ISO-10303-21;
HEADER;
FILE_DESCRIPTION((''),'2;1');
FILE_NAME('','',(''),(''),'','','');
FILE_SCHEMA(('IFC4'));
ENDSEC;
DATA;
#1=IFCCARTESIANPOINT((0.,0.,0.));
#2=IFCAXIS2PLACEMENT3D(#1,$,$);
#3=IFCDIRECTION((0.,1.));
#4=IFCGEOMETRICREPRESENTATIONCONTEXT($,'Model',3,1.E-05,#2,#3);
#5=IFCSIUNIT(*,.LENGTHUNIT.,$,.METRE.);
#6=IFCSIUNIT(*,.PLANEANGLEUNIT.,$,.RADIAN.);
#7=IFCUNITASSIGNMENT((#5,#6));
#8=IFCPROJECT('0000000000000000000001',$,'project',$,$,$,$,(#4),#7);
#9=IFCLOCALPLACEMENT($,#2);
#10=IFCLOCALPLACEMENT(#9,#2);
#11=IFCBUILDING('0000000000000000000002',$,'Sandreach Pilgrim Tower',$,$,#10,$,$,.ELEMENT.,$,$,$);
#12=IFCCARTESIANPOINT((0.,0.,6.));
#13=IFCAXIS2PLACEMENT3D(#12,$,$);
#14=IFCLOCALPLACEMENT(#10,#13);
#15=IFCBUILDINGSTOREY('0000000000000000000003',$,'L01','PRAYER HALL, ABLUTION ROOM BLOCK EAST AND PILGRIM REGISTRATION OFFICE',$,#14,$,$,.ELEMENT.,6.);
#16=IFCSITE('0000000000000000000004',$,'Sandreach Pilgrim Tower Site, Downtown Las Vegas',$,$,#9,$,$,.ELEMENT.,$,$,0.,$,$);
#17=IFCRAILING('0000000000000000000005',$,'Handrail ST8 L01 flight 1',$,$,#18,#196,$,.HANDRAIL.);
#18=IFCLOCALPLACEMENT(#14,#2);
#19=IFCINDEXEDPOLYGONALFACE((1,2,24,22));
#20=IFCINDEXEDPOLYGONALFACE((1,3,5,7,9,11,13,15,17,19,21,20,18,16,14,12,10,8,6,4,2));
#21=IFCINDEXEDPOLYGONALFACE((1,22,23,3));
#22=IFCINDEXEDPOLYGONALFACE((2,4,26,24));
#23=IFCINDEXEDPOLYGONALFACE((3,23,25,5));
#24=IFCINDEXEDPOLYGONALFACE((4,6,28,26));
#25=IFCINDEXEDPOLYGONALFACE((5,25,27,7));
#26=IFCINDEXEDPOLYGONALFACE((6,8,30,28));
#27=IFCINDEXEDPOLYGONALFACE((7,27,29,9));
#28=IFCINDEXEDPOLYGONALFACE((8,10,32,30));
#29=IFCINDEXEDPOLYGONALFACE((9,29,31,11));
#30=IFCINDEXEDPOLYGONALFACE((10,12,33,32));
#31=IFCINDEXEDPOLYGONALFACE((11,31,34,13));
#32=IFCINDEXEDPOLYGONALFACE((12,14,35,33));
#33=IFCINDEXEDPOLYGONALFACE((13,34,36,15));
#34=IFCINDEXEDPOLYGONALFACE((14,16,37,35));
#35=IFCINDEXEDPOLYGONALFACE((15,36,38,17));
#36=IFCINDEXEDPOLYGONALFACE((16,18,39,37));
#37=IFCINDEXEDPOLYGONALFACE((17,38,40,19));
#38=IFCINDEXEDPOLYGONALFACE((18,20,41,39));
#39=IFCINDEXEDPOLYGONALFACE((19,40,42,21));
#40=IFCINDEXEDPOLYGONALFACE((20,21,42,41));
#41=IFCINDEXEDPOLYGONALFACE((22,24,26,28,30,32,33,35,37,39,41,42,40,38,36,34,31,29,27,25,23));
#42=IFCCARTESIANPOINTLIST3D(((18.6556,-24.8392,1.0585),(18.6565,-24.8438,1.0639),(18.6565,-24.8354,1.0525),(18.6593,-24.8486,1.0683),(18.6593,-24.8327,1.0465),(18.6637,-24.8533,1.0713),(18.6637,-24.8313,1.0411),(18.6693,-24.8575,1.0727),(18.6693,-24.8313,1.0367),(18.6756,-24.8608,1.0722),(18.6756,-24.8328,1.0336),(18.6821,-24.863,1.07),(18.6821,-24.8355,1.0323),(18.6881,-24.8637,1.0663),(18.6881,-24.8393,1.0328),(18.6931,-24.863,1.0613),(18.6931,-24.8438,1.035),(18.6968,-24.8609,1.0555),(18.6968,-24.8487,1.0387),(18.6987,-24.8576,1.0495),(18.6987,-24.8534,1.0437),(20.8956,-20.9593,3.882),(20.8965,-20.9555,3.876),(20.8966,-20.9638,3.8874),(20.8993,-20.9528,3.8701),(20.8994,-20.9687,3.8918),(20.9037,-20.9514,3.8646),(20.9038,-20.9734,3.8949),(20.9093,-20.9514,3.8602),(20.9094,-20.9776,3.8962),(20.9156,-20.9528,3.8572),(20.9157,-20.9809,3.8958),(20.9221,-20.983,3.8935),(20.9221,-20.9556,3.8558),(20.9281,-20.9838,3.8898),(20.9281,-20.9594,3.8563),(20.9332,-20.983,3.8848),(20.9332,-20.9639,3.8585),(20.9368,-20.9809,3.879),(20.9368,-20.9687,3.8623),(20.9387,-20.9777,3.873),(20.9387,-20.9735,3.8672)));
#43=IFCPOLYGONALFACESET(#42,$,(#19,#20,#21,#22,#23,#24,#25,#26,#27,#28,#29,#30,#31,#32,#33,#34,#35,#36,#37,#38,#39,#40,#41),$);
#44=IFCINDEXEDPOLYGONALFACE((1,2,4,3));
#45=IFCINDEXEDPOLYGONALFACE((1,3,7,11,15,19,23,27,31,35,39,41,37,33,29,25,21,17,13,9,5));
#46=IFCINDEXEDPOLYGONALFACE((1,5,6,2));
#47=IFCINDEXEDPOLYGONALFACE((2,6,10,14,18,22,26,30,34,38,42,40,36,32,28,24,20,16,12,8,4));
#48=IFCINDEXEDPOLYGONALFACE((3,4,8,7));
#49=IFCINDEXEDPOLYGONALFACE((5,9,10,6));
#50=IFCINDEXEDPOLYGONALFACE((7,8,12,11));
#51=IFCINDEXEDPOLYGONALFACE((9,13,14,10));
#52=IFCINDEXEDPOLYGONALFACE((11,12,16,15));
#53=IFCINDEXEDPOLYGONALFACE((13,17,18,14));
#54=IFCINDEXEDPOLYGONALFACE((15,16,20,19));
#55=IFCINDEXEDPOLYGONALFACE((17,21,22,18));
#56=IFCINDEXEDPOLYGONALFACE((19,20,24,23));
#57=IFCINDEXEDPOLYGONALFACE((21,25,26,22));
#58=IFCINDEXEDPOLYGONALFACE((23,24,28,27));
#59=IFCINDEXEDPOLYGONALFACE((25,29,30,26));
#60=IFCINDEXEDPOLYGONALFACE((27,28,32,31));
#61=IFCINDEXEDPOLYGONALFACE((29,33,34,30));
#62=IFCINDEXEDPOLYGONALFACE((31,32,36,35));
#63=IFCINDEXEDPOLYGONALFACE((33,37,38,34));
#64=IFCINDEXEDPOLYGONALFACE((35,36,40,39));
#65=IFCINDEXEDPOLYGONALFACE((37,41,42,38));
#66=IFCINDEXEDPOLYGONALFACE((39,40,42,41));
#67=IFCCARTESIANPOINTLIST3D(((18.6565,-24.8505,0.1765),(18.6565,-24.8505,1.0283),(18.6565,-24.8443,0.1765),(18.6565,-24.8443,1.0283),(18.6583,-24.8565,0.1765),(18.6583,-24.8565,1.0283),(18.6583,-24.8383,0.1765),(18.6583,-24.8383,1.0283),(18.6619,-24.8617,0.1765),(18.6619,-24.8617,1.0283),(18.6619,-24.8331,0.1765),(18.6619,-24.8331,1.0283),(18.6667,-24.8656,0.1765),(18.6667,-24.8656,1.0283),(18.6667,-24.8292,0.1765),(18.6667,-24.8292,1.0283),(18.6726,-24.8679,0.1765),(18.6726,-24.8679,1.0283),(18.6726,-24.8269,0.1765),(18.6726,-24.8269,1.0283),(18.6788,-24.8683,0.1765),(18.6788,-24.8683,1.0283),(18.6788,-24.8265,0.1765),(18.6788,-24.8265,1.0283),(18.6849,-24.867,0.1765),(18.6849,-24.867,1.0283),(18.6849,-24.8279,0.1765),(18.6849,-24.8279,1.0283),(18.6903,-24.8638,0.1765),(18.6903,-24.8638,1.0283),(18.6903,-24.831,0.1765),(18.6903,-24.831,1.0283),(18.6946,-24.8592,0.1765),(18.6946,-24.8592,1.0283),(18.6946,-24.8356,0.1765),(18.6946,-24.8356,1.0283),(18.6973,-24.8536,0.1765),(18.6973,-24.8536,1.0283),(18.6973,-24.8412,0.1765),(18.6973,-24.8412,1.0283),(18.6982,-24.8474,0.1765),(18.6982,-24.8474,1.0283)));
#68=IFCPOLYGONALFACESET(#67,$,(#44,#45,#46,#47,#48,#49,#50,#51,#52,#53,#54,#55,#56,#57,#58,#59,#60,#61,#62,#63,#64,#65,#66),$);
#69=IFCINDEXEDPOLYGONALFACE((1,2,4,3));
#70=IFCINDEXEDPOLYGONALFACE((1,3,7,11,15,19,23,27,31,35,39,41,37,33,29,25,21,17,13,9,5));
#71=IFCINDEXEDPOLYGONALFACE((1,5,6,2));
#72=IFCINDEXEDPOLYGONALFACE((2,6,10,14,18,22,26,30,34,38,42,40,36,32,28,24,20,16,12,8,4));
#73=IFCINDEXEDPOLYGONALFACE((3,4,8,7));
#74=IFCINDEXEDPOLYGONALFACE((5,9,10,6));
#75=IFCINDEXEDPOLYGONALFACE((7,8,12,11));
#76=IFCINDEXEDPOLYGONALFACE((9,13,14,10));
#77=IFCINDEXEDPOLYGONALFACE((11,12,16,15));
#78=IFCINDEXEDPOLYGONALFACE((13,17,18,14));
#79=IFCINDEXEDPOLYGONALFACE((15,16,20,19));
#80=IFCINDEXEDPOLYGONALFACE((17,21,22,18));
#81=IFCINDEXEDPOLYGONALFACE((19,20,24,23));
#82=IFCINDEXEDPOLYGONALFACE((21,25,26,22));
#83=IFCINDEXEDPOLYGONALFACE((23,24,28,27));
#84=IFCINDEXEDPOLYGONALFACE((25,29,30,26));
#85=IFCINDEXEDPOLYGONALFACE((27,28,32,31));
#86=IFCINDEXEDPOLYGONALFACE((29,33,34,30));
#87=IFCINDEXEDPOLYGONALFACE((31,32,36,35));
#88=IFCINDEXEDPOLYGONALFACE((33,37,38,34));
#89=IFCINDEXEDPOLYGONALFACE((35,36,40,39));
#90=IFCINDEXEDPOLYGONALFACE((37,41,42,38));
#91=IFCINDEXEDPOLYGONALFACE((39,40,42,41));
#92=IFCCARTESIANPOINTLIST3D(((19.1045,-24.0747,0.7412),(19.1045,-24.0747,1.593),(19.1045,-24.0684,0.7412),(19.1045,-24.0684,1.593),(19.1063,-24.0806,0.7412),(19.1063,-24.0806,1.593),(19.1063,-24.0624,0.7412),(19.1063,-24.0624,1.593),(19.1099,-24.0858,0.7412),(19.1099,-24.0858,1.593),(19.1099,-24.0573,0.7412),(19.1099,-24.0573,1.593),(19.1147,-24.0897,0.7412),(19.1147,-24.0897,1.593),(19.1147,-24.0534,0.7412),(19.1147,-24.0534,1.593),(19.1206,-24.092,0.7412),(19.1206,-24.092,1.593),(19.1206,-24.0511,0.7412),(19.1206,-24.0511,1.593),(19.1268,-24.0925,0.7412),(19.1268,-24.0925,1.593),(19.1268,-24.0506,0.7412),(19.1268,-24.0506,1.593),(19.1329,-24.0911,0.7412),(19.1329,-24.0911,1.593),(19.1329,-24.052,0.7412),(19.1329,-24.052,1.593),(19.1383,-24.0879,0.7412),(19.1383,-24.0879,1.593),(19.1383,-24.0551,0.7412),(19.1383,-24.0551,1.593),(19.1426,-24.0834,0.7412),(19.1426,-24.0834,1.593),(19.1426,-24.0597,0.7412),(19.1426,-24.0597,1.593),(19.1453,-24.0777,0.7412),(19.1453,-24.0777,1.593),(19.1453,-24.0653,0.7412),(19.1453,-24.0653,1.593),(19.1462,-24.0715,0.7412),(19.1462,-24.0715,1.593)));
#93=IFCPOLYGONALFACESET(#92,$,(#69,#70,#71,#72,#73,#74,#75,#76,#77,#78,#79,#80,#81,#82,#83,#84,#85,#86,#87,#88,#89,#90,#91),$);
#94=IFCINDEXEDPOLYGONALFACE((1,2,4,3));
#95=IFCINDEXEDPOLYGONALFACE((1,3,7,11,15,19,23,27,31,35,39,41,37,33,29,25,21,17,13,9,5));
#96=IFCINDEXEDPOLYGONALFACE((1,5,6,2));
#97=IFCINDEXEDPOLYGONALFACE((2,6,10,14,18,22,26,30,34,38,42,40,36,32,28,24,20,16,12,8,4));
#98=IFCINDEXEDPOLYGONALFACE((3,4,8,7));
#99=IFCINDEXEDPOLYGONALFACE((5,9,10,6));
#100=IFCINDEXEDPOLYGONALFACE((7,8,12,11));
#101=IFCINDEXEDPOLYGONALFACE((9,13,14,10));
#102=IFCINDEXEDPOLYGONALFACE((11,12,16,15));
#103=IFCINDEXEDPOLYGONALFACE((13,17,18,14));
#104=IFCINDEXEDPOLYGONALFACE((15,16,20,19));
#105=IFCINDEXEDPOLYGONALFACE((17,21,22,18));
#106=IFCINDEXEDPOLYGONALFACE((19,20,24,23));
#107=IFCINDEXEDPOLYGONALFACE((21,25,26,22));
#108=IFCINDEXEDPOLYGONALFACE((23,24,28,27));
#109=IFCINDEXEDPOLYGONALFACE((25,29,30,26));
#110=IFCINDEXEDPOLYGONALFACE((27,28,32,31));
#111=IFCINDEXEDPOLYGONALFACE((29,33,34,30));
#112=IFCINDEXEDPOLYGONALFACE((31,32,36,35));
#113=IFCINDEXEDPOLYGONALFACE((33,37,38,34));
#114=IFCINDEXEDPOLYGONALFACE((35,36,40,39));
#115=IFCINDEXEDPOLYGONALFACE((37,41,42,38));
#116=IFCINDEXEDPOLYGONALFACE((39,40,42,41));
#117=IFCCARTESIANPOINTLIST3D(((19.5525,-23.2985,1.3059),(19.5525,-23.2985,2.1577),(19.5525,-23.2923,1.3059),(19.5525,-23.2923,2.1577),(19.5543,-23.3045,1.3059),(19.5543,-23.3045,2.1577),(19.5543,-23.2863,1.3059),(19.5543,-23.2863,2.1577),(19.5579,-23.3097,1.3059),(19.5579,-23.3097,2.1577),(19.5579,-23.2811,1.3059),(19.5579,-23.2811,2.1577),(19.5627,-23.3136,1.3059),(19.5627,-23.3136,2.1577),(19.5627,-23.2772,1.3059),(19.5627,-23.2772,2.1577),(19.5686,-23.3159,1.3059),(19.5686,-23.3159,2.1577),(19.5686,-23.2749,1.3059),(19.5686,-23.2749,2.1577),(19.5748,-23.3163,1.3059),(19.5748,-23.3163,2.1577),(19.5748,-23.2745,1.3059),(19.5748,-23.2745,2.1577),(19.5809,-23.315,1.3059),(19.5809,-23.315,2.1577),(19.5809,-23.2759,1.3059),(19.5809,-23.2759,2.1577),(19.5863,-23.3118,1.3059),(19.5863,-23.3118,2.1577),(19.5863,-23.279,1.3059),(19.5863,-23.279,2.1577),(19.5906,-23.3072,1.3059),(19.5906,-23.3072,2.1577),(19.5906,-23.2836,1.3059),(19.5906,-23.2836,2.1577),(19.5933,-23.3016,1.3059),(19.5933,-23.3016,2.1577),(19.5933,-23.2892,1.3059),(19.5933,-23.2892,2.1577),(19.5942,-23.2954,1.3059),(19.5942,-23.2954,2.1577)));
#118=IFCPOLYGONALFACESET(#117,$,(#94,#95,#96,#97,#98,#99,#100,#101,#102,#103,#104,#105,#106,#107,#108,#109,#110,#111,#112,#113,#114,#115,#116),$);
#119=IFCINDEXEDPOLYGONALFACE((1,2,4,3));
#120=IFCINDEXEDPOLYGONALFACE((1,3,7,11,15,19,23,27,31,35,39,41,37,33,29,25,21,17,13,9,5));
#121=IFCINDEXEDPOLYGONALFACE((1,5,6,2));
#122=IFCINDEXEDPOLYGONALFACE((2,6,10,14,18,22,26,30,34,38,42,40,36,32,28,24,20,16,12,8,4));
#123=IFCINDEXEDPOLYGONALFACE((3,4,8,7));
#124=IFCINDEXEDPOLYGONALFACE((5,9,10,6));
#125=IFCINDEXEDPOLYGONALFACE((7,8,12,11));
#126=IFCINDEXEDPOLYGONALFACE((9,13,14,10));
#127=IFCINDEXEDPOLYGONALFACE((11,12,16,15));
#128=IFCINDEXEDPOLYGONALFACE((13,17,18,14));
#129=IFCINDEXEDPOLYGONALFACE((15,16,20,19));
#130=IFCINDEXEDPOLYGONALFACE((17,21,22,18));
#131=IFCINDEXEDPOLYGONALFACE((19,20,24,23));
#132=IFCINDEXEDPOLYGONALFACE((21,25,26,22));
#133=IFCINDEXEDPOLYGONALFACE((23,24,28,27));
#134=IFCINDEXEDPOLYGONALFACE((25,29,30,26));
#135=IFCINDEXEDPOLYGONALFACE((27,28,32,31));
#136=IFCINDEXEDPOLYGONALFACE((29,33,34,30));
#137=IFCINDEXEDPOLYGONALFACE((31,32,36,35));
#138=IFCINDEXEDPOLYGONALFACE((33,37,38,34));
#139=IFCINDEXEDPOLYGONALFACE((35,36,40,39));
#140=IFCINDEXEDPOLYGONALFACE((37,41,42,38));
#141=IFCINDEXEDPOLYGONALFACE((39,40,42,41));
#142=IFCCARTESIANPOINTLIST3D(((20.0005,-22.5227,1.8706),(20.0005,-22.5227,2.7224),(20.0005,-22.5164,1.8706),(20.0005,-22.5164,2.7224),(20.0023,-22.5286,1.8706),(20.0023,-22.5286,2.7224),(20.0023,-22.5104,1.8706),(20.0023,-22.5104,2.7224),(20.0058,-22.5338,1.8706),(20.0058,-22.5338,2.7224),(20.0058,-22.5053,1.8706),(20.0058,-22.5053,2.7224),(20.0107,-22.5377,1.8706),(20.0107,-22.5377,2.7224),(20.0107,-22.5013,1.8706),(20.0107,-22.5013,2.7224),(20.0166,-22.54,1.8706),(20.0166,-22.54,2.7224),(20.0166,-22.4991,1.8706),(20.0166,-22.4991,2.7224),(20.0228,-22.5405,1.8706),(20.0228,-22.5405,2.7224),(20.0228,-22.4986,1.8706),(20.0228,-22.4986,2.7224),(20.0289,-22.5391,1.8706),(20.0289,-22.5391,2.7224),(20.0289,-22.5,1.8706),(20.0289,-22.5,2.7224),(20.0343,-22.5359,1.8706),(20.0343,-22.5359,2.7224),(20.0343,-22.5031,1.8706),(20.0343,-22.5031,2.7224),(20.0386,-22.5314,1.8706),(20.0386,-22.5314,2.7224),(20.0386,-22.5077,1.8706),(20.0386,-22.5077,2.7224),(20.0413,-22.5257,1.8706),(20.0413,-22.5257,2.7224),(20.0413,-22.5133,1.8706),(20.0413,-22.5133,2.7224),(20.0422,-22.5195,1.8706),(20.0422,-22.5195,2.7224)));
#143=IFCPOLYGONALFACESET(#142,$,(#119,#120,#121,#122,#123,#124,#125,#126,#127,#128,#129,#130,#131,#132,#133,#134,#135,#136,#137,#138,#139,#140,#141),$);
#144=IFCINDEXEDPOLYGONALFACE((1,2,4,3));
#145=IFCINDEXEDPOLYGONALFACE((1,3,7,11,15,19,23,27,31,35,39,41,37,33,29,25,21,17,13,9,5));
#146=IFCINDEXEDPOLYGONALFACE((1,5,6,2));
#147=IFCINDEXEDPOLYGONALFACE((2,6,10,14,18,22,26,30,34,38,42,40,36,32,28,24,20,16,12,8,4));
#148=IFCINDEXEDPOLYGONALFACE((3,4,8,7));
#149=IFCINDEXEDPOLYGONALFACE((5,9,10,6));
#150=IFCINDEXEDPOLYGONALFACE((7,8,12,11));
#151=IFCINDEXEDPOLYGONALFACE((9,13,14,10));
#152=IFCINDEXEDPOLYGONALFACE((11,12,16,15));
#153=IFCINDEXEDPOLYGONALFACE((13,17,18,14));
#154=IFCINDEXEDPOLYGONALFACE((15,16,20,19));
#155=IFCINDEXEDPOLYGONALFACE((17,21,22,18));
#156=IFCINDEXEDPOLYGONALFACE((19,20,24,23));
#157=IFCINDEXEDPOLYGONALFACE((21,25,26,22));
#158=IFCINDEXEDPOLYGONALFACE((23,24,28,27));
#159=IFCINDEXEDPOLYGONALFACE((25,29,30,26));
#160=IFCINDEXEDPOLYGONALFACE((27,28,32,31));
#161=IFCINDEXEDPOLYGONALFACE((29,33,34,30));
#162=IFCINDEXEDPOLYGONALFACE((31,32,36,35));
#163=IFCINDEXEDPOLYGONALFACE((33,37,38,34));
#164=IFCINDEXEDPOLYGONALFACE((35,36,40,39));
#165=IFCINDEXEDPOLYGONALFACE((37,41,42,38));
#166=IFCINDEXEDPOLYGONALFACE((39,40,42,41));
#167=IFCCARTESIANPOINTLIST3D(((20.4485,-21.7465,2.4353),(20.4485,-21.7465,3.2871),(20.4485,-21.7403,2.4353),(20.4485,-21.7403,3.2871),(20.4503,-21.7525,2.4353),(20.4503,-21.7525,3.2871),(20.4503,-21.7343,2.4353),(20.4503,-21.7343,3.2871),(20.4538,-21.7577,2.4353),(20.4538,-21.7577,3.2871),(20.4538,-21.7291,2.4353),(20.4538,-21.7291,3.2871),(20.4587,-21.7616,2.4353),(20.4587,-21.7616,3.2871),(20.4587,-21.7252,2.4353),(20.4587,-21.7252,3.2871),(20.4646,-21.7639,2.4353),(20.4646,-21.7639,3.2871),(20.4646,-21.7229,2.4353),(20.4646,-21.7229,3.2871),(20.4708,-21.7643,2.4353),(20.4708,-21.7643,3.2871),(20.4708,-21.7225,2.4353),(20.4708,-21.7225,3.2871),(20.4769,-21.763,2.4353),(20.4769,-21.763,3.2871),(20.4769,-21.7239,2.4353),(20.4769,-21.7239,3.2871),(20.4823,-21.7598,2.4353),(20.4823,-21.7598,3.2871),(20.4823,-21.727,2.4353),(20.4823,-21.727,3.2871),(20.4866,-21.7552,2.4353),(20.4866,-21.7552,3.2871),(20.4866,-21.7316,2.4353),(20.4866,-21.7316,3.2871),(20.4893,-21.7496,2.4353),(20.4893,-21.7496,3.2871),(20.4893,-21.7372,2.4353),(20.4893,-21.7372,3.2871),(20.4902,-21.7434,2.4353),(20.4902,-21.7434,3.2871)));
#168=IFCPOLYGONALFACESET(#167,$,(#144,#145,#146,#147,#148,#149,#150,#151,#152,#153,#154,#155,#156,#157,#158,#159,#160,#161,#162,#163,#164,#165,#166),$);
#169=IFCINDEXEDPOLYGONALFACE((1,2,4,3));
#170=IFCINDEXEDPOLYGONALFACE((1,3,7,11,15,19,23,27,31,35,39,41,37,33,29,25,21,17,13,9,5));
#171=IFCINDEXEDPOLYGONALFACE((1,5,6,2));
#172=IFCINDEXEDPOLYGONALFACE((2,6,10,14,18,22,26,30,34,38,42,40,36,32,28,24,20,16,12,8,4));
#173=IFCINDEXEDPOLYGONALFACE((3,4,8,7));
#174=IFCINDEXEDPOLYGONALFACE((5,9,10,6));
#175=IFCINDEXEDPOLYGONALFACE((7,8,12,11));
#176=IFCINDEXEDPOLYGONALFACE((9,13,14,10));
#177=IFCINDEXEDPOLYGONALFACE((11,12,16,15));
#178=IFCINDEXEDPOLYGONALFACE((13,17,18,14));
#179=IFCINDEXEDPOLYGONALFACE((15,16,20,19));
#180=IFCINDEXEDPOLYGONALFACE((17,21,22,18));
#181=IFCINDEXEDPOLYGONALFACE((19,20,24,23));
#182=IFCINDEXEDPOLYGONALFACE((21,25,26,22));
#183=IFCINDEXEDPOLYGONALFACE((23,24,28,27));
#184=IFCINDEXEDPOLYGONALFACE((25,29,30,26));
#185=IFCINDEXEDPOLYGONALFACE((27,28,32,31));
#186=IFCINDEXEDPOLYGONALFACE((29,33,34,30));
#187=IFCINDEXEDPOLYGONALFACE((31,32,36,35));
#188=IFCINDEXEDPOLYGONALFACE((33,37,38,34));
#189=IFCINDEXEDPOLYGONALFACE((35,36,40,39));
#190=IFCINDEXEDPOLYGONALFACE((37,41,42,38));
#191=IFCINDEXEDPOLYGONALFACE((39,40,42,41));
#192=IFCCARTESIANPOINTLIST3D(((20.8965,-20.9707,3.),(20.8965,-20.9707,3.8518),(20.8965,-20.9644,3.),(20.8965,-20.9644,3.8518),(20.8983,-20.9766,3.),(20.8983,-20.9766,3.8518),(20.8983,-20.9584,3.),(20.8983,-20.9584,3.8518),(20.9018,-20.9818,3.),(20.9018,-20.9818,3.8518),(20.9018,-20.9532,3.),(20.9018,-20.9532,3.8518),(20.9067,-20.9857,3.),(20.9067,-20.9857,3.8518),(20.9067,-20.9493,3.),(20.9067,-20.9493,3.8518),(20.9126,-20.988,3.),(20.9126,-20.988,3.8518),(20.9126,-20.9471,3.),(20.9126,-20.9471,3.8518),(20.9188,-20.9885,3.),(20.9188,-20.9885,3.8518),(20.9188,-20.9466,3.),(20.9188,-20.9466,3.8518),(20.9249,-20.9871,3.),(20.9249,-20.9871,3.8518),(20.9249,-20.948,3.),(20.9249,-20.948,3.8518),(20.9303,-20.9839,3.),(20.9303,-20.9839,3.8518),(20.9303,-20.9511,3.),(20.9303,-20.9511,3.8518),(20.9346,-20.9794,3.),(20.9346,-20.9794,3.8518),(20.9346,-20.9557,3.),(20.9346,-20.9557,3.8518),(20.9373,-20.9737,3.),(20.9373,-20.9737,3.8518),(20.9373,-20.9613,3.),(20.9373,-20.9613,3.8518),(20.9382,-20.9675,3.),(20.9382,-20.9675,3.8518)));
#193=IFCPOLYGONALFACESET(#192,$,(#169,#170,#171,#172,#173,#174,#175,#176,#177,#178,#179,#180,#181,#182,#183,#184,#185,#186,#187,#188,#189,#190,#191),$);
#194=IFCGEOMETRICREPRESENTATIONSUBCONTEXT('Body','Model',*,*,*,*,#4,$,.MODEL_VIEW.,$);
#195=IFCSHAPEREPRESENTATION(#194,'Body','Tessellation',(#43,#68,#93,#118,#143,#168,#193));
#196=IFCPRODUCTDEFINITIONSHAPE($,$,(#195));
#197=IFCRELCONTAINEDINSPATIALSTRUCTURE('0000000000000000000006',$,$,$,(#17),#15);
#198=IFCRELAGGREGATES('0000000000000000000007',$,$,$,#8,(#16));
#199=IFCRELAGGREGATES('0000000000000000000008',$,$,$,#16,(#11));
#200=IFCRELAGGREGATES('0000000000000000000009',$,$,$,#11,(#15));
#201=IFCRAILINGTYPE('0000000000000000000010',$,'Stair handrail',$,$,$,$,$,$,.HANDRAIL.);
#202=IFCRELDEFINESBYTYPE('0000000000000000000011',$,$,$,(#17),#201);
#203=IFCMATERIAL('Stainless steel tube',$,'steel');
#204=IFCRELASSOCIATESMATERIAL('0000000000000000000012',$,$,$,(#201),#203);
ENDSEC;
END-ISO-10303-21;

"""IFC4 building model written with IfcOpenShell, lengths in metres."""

from ifc_helpers import new_model, si_unit, direction, frame, origin, origin_2d, place, context, subcontext, project, spatial, circle, extrude, material, type_object, element, save


model = new_model("IFC4")

# Units and contexts
model_context = context("Model", 3, precision=1e-05, world=origin(), true_north=direction((0.0, 1.0)))
body_context = subcontext(model_context, "Body", "Model", "MODEL_VIEW")
ifc_project = project(units=[si_unit("LENGTHUNIT", "METRE"), si_unit("PLANEANGLEUNIT", "RADIAN")], contexts=[model_context])

# Site, building, storey
site_placement = place(None, origin())
site = spatial("IfcSite", under=ifc_project, at=site_placement, Name="Sandreach Pilgrim Tower Site, Downtown Las Vegas", CompositionType="ELEMENT", RefElevation=0.0)
building_placement = place(site_placement, origin())
building = spatial("IfcBuilding", under=site, at=building_placement, Name="Sandreach Pilgrim Tower", CompositionType="ELEMENT")
storey_placement = place(building_placement, frame((0.0, 0.0, 6.0)))
storey = spatial("IfcBuildingStorey", under=building, at=storey_placement, Name="L01", Description="PRAYER HALL, ABLUTION ROOM BLOCK EAST AND PILGRIM REGISTRATION OFFICE", CompositionType="ELEMENT", Elevation=6.0)

# Railing
ifc_material_1 = material(Name="Stainless steel tube", Category="steel")
railing_type = type_object("IfcRailingType", Name="Stair handrail", PredefinedType="HANDRAIL", material=ifc_material_1)
railing_1_placement = place(storey_placement, frame((18.6772, -24.8474, 0.1765)))
element("IfcRailing", 1, at=railing_1_placement, inside=storey, type_object=railing_type, Name="Handrail ST8 L01 flight 1", PredefinedType="HANDRAIL", context=body_context, shape_type="SweptSolid", body=[
    extrude(circle(Radius=0.0239, at=origin_2d()), frame((0.0, 0.0, 0.876), z_axis=(0.422993, 0.732665, 0.533178), x_axis=(-0.866031, 0.49999, 0.0)), (0.0, 0.0, 1.0), 5.2957),
    extrude(circle(Radius=0.021, at=origin_2d()), origin(), (0.0, 0.0, 1.0), 0.8518),
    extrude(circle(Radius=0.021, at=origin_2d()), frame((0.448, 0.7759, 0.5647)), (0.0, 0.0, 1.0), 0.8518),
    extrude(circle(Radius=0.021, at=origin_2d()), frame((0.896, 1.552, 1.1294)), (0.0, 0.0, 1.0), 0.8518),
    extrude(circle(Radius=0.021, at=origin_2d()), frame((1.344, 2.3279, 1.6941)), (0.0, 0.0, 1.0), 0.8518),
    extrude(circle(Radius=0.021, at=origin_2d()), frame((1.792, 3.104, 2.2588)), (0.0, 0.0, 1.0), 0.8518),
    extrude(circle(Radius=0.021, at=origin_2d()), frame((2.24, 3.8799, 2.8235)), (0.0, 0.0, 1.0), 0.8518),
])

save(model, "model.ifc")
